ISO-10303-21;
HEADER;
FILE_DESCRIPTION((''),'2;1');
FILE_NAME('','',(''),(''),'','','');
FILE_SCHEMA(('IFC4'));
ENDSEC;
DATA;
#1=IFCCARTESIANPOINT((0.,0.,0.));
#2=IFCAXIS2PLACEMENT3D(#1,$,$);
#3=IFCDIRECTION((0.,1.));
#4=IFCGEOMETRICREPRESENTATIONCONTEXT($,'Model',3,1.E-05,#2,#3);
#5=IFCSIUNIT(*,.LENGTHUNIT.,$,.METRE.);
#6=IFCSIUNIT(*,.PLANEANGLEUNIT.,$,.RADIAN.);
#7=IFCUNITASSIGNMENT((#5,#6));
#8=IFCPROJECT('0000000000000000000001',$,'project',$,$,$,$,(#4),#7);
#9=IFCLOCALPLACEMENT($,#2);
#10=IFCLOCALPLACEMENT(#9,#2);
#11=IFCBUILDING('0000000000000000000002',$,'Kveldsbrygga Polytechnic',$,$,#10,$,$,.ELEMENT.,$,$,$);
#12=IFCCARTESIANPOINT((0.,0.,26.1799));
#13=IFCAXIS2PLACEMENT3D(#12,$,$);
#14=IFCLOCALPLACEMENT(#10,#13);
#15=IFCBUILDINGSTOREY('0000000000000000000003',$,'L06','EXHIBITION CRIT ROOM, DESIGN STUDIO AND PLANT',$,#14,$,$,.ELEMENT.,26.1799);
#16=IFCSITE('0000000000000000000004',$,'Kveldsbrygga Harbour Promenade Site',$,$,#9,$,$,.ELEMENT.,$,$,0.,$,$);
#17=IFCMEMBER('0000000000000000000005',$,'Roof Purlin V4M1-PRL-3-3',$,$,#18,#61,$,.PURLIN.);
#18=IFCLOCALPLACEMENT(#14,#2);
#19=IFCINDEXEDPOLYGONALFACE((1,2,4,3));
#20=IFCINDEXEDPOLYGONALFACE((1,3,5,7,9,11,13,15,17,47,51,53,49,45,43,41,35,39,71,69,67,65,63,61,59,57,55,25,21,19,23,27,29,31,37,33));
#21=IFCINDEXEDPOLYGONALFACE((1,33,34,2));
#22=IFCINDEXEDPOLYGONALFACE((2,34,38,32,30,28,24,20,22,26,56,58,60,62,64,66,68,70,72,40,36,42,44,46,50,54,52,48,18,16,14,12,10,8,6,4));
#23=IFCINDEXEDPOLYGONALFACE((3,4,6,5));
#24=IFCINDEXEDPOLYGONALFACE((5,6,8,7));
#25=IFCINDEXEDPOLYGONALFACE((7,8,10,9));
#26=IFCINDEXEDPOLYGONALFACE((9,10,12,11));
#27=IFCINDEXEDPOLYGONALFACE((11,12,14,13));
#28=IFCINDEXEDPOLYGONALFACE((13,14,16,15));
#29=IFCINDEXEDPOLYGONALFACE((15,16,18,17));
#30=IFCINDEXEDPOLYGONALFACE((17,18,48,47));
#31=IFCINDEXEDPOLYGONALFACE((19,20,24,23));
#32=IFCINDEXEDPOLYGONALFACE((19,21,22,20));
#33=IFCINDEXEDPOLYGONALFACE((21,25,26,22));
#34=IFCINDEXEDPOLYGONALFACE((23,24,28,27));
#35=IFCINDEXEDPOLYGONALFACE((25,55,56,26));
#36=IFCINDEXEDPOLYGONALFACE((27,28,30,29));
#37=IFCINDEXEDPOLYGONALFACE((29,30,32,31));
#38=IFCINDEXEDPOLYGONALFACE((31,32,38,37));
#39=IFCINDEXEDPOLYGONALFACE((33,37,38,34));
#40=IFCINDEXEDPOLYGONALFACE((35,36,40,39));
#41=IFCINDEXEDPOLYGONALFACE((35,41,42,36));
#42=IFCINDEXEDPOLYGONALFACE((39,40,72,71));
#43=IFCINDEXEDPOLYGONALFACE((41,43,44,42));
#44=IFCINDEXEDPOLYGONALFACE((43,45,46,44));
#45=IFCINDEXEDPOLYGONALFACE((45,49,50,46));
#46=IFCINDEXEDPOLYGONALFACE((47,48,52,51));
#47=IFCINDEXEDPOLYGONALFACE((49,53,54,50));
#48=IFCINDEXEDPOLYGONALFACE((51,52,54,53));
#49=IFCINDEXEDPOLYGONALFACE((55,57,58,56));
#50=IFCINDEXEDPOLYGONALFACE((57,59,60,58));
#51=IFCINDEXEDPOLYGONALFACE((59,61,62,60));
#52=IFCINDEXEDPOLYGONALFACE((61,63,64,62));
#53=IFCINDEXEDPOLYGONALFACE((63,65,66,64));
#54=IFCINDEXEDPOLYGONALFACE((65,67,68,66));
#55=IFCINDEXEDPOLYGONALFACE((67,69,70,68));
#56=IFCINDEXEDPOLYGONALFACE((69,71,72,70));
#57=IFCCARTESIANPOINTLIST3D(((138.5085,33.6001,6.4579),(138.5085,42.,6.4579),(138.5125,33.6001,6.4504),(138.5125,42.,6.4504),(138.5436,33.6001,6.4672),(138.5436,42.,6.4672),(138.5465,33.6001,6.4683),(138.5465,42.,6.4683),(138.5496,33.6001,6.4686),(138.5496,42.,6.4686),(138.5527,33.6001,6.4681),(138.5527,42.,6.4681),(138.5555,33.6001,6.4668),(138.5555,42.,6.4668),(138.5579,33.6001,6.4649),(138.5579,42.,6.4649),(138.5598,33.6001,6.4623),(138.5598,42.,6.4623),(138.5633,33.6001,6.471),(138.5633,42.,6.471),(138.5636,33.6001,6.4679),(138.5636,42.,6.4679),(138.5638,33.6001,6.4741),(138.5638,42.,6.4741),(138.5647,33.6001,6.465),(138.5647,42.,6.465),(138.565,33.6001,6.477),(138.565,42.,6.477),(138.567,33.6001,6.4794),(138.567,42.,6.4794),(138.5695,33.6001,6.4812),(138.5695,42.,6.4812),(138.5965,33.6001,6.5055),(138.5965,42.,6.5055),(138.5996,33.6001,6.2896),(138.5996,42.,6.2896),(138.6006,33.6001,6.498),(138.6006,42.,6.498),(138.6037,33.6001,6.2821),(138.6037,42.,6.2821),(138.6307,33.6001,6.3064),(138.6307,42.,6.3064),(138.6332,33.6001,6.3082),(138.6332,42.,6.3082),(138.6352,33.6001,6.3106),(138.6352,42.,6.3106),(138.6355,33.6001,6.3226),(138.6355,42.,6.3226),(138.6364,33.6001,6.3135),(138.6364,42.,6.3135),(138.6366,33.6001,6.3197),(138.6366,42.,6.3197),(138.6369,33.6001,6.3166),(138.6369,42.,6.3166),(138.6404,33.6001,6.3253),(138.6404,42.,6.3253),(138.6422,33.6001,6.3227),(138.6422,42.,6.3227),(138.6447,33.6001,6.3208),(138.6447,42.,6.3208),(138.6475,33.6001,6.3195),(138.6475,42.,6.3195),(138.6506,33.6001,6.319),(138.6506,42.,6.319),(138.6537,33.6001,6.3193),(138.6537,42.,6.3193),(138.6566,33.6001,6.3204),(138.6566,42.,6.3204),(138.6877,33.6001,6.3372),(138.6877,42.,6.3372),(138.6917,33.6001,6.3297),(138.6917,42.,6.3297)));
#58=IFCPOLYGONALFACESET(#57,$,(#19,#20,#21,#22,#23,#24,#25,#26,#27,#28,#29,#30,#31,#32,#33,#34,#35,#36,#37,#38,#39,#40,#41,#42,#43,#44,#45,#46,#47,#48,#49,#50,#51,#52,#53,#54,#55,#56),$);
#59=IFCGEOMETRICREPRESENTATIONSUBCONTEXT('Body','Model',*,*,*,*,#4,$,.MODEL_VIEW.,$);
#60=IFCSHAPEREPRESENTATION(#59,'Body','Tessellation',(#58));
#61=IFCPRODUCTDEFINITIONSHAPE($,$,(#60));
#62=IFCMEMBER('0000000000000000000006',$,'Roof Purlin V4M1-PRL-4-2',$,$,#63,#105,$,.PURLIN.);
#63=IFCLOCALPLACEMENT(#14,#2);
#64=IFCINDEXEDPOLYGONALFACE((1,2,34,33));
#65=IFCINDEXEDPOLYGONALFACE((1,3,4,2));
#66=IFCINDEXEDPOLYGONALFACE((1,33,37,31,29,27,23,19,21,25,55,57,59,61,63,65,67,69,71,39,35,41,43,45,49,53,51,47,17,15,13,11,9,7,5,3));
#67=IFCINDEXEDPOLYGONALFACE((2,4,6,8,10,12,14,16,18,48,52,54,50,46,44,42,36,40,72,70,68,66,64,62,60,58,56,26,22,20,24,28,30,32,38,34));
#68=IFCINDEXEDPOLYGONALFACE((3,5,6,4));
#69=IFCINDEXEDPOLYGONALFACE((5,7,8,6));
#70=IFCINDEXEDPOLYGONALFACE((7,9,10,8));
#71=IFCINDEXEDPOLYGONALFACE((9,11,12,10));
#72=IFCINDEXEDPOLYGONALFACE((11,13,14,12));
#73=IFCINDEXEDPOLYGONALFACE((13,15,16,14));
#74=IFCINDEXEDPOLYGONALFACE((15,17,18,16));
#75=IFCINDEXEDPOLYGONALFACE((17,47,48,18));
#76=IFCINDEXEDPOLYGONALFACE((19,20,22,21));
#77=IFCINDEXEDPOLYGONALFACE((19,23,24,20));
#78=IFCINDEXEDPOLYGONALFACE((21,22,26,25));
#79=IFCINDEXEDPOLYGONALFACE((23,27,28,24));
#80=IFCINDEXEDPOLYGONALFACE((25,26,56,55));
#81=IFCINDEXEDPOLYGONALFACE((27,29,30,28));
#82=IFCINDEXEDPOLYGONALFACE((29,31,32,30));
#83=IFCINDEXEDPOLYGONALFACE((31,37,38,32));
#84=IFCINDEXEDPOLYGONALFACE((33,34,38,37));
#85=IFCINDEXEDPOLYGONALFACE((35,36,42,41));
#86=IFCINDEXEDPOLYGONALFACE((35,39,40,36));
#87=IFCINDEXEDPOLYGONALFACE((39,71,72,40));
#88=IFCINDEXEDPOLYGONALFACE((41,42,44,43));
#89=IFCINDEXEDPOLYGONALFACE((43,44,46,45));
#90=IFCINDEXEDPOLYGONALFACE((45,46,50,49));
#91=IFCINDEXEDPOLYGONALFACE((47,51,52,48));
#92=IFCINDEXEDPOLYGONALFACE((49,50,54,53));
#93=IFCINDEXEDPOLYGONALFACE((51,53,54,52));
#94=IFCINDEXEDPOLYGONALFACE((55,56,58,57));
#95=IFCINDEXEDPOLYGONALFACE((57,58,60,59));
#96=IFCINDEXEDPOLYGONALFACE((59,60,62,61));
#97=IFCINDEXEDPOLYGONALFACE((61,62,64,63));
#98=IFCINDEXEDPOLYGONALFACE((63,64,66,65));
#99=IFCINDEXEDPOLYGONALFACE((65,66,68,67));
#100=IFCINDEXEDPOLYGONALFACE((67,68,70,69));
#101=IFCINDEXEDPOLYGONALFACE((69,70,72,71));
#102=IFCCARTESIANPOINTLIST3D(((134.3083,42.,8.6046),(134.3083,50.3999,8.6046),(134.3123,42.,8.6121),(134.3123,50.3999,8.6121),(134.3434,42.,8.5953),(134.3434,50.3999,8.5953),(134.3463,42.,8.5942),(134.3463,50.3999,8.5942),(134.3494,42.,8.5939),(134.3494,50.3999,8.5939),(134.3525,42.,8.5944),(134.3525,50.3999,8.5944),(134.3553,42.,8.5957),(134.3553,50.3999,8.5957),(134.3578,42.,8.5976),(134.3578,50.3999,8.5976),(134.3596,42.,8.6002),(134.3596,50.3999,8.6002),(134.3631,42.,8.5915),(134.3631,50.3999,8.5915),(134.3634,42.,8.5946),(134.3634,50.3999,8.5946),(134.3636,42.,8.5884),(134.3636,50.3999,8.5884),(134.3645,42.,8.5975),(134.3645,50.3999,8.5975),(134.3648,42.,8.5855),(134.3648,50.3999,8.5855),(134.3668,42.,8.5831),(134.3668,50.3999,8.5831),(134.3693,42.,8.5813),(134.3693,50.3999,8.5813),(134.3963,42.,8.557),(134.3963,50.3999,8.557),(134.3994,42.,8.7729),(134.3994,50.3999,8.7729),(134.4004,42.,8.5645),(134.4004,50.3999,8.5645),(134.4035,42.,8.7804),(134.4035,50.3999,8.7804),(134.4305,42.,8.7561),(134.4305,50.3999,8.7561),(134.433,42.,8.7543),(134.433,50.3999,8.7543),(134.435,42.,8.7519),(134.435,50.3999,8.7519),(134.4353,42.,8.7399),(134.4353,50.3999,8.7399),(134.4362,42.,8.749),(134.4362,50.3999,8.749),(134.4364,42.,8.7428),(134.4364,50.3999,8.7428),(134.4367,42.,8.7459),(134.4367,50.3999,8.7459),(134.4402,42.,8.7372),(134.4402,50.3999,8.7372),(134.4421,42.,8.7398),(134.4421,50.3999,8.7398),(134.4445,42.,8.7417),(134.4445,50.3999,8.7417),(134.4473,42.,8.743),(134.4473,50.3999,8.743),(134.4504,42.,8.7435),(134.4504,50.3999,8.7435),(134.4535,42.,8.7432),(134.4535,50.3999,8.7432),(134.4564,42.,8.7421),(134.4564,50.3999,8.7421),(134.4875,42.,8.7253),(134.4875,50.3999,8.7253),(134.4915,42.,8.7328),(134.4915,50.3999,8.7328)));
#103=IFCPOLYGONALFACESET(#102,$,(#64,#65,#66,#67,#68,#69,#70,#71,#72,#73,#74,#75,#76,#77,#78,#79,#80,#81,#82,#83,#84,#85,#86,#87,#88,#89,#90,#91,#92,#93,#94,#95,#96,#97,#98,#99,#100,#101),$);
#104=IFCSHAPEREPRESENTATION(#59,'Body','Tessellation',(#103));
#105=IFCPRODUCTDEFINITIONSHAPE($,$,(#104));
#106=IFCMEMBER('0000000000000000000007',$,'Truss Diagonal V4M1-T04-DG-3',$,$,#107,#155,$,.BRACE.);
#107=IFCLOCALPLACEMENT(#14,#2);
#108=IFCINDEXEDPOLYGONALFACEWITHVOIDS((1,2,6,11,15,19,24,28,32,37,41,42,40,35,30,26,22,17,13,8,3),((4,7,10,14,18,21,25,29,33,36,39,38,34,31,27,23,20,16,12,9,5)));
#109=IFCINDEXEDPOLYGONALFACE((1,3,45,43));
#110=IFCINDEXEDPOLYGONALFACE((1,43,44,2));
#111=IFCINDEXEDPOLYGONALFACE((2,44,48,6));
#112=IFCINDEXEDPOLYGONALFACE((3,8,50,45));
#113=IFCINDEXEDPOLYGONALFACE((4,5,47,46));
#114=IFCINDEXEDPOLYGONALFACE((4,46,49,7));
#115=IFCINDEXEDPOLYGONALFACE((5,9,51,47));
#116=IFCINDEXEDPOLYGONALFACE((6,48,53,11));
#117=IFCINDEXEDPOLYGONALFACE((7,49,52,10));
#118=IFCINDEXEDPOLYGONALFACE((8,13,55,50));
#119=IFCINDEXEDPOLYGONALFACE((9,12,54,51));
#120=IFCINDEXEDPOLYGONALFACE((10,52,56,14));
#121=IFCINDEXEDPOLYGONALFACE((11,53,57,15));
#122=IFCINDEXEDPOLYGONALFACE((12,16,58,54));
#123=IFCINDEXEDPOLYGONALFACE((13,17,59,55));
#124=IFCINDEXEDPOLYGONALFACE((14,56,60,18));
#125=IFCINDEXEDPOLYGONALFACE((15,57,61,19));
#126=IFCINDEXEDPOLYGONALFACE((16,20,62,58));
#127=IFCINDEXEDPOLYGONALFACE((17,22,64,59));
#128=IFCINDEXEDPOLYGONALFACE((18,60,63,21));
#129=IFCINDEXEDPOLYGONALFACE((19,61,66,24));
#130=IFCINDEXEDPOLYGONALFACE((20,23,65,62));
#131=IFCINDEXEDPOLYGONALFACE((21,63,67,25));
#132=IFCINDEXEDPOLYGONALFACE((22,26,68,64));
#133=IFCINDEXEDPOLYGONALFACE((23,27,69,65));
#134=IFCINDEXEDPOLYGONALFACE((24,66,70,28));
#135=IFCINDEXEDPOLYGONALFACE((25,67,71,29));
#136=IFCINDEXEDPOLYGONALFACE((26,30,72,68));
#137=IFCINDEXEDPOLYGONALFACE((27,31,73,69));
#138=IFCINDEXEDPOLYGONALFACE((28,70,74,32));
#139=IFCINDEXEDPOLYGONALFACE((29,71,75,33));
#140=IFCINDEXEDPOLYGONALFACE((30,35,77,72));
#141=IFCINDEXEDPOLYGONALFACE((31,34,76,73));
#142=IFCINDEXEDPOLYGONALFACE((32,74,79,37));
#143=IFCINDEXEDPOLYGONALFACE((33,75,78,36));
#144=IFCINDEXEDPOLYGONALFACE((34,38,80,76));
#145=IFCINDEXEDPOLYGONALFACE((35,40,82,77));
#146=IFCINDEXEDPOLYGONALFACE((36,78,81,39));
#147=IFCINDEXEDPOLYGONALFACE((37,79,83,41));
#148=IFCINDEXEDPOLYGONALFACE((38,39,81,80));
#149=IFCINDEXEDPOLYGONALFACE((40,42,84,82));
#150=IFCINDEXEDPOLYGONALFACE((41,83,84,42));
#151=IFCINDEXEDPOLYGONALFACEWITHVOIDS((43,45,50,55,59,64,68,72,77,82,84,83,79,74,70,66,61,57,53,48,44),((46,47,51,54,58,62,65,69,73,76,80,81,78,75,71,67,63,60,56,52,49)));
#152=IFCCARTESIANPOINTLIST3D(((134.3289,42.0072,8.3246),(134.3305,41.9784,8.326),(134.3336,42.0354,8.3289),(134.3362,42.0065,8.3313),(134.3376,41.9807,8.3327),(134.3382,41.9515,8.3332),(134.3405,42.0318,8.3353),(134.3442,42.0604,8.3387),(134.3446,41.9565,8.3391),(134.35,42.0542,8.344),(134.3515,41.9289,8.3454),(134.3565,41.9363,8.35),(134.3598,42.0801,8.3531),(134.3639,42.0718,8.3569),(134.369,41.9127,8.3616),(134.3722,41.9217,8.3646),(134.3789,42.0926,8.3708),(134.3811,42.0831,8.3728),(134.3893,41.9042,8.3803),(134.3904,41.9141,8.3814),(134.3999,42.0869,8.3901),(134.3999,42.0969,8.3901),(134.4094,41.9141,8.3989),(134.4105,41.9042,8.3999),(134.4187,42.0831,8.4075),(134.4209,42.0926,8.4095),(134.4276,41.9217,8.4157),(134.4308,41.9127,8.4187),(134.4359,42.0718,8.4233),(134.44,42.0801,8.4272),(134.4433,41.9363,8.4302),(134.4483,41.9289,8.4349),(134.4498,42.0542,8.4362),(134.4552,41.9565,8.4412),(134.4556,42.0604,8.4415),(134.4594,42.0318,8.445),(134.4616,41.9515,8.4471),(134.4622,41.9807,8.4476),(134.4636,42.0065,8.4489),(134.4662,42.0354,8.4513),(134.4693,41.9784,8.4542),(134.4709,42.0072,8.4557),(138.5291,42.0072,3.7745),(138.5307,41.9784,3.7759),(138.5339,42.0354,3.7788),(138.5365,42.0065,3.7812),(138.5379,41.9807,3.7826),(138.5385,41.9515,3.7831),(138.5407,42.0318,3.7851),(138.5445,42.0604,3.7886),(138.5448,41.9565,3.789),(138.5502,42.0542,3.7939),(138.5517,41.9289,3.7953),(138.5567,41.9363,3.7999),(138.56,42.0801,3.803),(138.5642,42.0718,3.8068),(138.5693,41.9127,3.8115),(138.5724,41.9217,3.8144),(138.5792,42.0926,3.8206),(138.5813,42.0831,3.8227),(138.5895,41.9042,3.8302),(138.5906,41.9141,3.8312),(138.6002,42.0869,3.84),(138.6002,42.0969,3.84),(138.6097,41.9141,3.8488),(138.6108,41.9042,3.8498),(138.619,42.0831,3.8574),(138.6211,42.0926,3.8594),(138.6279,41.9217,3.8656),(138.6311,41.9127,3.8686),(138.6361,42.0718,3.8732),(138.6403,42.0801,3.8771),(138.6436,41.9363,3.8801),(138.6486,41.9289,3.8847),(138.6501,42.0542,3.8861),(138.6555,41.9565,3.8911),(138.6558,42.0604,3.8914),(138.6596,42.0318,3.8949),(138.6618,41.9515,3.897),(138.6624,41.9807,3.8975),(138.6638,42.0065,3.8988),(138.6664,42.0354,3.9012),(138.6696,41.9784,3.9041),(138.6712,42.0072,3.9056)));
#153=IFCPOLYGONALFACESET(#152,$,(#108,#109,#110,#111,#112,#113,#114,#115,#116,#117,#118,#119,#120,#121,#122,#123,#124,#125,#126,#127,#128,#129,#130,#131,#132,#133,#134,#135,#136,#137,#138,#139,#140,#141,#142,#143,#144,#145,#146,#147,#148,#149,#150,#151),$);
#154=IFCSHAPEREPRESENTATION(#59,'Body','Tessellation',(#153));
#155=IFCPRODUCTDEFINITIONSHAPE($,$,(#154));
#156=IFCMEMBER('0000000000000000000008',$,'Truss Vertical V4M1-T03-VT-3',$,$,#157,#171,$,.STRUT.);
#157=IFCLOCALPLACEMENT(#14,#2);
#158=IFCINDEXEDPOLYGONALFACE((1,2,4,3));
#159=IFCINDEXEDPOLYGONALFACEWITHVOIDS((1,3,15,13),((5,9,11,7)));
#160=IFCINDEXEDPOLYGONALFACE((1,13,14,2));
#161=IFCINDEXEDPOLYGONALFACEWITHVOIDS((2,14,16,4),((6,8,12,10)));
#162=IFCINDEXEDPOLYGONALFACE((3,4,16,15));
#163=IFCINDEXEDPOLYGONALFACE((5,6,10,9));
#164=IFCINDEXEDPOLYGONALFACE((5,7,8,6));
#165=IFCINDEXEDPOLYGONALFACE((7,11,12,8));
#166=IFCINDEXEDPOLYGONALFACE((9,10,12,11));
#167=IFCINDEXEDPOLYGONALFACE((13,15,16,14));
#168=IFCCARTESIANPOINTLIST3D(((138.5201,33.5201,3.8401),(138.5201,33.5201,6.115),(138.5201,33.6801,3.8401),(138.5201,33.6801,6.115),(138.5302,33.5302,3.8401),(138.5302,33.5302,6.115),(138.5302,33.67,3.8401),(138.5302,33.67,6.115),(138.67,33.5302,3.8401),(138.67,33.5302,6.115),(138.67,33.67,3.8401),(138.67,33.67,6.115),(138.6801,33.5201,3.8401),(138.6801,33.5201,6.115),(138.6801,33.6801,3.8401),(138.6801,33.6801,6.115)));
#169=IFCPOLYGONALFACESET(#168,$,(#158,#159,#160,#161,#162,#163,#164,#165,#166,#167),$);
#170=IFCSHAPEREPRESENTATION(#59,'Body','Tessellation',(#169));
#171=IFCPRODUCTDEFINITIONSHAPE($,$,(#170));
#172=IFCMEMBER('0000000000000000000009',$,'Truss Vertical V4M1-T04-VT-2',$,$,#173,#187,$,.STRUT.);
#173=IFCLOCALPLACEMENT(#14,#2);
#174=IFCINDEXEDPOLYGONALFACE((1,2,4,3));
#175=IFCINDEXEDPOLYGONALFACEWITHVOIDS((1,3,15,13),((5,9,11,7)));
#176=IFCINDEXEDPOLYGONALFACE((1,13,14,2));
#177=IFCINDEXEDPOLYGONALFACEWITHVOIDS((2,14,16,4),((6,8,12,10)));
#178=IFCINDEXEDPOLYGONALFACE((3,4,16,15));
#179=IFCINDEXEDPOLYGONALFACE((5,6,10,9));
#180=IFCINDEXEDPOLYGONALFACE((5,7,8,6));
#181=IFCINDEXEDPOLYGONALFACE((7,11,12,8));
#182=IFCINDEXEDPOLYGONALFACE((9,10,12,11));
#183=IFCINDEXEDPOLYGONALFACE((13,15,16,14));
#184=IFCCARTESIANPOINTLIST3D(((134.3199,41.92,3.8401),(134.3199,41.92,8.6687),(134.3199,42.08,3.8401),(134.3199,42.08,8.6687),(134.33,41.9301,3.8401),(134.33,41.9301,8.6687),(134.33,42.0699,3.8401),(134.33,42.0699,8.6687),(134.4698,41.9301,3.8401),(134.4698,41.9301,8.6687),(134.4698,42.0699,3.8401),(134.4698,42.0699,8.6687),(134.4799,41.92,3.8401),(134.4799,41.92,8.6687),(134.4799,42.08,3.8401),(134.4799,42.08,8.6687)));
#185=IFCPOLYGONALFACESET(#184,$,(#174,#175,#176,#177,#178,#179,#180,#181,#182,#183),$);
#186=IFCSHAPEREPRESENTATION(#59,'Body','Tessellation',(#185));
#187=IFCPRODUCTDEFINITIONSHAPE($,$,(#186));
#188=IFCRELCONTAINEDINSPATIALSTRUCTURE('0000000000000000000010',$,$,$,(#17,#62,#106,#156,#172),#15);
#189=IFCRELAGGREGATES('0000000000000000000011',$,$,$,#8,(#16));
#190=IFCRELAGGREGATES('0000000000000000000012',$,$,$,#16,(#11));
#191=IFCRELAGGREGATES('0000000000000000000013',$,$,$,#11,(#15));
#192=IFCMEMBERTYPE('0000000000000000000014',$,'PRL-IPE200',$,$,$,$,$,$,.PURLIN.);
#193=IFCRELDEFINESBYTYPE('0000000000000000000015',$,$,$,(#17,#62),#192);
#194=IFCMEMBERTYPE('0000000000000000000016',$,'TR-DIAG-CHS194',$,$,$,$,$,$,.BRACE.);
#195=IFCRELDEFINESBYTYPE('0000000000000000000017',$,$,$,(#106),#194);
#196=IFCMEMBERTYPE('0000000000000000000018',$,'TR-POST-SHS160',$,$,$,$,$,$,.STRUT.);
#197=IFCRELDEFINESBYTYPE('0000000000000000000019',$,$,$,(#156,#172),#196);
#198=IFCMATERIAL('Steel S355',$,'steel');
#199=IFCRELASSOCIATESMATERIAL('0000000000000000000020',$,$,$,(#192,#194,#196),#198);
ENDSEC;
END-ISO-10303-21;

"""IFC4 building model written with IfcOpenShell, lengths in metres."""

from ifc_helpers import new_model, si_unit, direction, frame, origin, origin_2d, place, context, subcontext, project, spatial, hollow_rectangle, hollow_circle, i_section, extrude, material, material_profile, profile_set, type_object, element, save


model = new_model("IFC4")

# Units and contexts
model_context = context("Model", 3, precision=1e-05, world=origin(), true_north=direction((0.0, 1.0)))
body_context = subcontext(model_context, "Body", "Model", "MODEL_VIEW")
ifc_project = project(units=[si_unit("LENGTHUNIT", "METRE"), si_unit("PLANEANGLEUNIT", "RADIAN")], contexts=[model_context])

# Site, building, storey
site_placement = place(None, origin())
site = spatial("IfcSite", under=ifc_project, at=site_placement, Name="Kveldsbrygga Harbour Promenade Site", CompositionType="ELEMENT", RefElevation=0.0)
building_placement = place(site_placement, origin())
building = spatial("IfcBuilding", under=site, at=building_placement, Name="Kveldsbrygga Polytechnic", CompositionType="ELEMENT")
storey_placement = place(building_placement, frame((0.0, 0.0, 26.1799)))
storey = spatial("IfcBuildingStorey", under=building, at=storey_placement, Name="L06", Description="EXHIBITION CRIT ROOM, DESIGN STUDIO AND PLANT", CompositionType="ELEMENT", Elevation=26.1799)

# Shared definitions
ifc_material_1 = material(Name="Steel S355", Category="steel")

# Members
ifc_material_profile_1 = material_profile(ifc_material_1, i_section(OverallWidth=0.1001, OverallDepth=0.2, WebThickness=0.0056, FlangeThickness=0.0085, FilletRadius=0.012, at=origin_2d()), Name="IPE 200")
ifc_profile_set_1 = profile_set([ifc_material_profile_1], Name="Steel S355")
member_type_1 = type_object("IfcMemberType", Name="PRL-IPE200", PredefinedType="PURLIN", material=ifc_profile_set_1)
for number, where, z_axis, x_axis, name in (
    (1, (138.6001, 33.6001, 6.3938), (0.0, 1.0, 0.0), (-0.879292, 0.0, -0.476283), "Roof Purlin V4M1-PRL-3-3"),
    (2, (134.3999, 42.0, 8.6687), (0.0, 1.0, 0.0), (-0.879292, 0.0, 0.476283), "Roof Purlin V4M1-PRL-4-2"),
):
    element("IfcMember", number, at=place(storey_placement, frame(where, z_axis=z_axis, x_axis=x_axis)), inside=storey, type_object=member_type_1, Name=name, PredefinedType="PURLIN", context=body_context, shape_type="SweptSolid", body=[
        extrude(i_section(OverallWidth=0.1001, OverallDepth=0.2, WebThickness=0.0056, FlangeThickness=0.0085, FilletRadius=0.012, at=origin_2d()), origin(), (0.0, 0.0, 1.0), 8.3999),
    ])
ifc_material_profile_2 = material_profile(ifc_material_1, hollow_circle(Radius=0.0969, WallThickness=0.01, at=origin_2d()), Name="CHS 193.7x10.0")
ifc_profile_set_2 = profile_set([ifc_material_profile_2], Name="Steel S355")
member_type_2 = type_object("IfcMemberType", Name="TR-DIAG-CHS194", PredefinedType="BRACE", material=ifc_profile_set_2)
member_1_placement = place(storey_placement, frame((134.3999, 42.0, 8.3901), z_axis=(0.678293, 0.0, -0.734791), x_axis=(0.0, 1.0, 0.0)))
element("IfcMember", 3, at=member_1_placement, inside=storey, type_object=member_type_2, Name="Truss Diagonal V4M1-T04-DG-3", PredefinedType="BRACE", context=body_context, shape_type="SweptSolid", body=[
    extrude(hollow_circle(Radius=0.0969, WallThickness=0.01, at=origin_2d()), origin(), (0.0, 0.0, 1.0), 6.1924),
])
ifc_material_profile_3 = material_profile(ifc_material_1, hollow_rectangle(XDim=0.1599, YDim=0.1599, WallThickness=0.01, at=origin_2d()), Name="SHS 160x160x10.0")
ifc_profile_set_3 = profile_set([ifc_material_profile_3], Name="Steel S355")
member_type_3 = type_object("IfcMemberType", Name="TR-POST-SHS160", PredefinedType="STRUT", material=ifc_profile_set_3)
member_2_placement = place(storey_placement, frame((138.6001, 33.6001, 3.8401), z_axis=(0.0, 0.0, 1.0), x_axis=(1.0, 0.0, 0.0)))
element("IfcMember", 4, at=member_2_placement, inside=storey, type_object=member_type_3, Name="Truss Vertical V4M1-T03-VT-3", PredefinedType="STRUT", context=body_context, shape_type="SweptSolid", body=[
    extrude(hollow_rectangle(XDim=0.1599, YDim=0.1599, WallThickness=0.01, at=origin_2d()), origin(), (0.0, 0.0, 1.0), 2.2749),
])
member_3_placement = place(storey_placement, frame((134.3999, 42.0, 3.8401), z_axis=(0.0, 0.0, 1.0), x_axis=(1.0, 0.0, 0.0)))
element("IfcMember", 5, at=member_3_placement, inside=storey, type_object=member_type_3, Name="Truss Vertical V4M1-T04-VT-2", PredefinedType="STRUT", context=body_context, shape_type="SweptSolid", body=[
    extrude(hollow_rectangle(XDim=0.1599, YDim=0.1599, WallThickness=0.01, at=origin_2d()), origin(), (0.0, 0.0, 1.0), 4.8286),
])

save(model, "model.ifc")
